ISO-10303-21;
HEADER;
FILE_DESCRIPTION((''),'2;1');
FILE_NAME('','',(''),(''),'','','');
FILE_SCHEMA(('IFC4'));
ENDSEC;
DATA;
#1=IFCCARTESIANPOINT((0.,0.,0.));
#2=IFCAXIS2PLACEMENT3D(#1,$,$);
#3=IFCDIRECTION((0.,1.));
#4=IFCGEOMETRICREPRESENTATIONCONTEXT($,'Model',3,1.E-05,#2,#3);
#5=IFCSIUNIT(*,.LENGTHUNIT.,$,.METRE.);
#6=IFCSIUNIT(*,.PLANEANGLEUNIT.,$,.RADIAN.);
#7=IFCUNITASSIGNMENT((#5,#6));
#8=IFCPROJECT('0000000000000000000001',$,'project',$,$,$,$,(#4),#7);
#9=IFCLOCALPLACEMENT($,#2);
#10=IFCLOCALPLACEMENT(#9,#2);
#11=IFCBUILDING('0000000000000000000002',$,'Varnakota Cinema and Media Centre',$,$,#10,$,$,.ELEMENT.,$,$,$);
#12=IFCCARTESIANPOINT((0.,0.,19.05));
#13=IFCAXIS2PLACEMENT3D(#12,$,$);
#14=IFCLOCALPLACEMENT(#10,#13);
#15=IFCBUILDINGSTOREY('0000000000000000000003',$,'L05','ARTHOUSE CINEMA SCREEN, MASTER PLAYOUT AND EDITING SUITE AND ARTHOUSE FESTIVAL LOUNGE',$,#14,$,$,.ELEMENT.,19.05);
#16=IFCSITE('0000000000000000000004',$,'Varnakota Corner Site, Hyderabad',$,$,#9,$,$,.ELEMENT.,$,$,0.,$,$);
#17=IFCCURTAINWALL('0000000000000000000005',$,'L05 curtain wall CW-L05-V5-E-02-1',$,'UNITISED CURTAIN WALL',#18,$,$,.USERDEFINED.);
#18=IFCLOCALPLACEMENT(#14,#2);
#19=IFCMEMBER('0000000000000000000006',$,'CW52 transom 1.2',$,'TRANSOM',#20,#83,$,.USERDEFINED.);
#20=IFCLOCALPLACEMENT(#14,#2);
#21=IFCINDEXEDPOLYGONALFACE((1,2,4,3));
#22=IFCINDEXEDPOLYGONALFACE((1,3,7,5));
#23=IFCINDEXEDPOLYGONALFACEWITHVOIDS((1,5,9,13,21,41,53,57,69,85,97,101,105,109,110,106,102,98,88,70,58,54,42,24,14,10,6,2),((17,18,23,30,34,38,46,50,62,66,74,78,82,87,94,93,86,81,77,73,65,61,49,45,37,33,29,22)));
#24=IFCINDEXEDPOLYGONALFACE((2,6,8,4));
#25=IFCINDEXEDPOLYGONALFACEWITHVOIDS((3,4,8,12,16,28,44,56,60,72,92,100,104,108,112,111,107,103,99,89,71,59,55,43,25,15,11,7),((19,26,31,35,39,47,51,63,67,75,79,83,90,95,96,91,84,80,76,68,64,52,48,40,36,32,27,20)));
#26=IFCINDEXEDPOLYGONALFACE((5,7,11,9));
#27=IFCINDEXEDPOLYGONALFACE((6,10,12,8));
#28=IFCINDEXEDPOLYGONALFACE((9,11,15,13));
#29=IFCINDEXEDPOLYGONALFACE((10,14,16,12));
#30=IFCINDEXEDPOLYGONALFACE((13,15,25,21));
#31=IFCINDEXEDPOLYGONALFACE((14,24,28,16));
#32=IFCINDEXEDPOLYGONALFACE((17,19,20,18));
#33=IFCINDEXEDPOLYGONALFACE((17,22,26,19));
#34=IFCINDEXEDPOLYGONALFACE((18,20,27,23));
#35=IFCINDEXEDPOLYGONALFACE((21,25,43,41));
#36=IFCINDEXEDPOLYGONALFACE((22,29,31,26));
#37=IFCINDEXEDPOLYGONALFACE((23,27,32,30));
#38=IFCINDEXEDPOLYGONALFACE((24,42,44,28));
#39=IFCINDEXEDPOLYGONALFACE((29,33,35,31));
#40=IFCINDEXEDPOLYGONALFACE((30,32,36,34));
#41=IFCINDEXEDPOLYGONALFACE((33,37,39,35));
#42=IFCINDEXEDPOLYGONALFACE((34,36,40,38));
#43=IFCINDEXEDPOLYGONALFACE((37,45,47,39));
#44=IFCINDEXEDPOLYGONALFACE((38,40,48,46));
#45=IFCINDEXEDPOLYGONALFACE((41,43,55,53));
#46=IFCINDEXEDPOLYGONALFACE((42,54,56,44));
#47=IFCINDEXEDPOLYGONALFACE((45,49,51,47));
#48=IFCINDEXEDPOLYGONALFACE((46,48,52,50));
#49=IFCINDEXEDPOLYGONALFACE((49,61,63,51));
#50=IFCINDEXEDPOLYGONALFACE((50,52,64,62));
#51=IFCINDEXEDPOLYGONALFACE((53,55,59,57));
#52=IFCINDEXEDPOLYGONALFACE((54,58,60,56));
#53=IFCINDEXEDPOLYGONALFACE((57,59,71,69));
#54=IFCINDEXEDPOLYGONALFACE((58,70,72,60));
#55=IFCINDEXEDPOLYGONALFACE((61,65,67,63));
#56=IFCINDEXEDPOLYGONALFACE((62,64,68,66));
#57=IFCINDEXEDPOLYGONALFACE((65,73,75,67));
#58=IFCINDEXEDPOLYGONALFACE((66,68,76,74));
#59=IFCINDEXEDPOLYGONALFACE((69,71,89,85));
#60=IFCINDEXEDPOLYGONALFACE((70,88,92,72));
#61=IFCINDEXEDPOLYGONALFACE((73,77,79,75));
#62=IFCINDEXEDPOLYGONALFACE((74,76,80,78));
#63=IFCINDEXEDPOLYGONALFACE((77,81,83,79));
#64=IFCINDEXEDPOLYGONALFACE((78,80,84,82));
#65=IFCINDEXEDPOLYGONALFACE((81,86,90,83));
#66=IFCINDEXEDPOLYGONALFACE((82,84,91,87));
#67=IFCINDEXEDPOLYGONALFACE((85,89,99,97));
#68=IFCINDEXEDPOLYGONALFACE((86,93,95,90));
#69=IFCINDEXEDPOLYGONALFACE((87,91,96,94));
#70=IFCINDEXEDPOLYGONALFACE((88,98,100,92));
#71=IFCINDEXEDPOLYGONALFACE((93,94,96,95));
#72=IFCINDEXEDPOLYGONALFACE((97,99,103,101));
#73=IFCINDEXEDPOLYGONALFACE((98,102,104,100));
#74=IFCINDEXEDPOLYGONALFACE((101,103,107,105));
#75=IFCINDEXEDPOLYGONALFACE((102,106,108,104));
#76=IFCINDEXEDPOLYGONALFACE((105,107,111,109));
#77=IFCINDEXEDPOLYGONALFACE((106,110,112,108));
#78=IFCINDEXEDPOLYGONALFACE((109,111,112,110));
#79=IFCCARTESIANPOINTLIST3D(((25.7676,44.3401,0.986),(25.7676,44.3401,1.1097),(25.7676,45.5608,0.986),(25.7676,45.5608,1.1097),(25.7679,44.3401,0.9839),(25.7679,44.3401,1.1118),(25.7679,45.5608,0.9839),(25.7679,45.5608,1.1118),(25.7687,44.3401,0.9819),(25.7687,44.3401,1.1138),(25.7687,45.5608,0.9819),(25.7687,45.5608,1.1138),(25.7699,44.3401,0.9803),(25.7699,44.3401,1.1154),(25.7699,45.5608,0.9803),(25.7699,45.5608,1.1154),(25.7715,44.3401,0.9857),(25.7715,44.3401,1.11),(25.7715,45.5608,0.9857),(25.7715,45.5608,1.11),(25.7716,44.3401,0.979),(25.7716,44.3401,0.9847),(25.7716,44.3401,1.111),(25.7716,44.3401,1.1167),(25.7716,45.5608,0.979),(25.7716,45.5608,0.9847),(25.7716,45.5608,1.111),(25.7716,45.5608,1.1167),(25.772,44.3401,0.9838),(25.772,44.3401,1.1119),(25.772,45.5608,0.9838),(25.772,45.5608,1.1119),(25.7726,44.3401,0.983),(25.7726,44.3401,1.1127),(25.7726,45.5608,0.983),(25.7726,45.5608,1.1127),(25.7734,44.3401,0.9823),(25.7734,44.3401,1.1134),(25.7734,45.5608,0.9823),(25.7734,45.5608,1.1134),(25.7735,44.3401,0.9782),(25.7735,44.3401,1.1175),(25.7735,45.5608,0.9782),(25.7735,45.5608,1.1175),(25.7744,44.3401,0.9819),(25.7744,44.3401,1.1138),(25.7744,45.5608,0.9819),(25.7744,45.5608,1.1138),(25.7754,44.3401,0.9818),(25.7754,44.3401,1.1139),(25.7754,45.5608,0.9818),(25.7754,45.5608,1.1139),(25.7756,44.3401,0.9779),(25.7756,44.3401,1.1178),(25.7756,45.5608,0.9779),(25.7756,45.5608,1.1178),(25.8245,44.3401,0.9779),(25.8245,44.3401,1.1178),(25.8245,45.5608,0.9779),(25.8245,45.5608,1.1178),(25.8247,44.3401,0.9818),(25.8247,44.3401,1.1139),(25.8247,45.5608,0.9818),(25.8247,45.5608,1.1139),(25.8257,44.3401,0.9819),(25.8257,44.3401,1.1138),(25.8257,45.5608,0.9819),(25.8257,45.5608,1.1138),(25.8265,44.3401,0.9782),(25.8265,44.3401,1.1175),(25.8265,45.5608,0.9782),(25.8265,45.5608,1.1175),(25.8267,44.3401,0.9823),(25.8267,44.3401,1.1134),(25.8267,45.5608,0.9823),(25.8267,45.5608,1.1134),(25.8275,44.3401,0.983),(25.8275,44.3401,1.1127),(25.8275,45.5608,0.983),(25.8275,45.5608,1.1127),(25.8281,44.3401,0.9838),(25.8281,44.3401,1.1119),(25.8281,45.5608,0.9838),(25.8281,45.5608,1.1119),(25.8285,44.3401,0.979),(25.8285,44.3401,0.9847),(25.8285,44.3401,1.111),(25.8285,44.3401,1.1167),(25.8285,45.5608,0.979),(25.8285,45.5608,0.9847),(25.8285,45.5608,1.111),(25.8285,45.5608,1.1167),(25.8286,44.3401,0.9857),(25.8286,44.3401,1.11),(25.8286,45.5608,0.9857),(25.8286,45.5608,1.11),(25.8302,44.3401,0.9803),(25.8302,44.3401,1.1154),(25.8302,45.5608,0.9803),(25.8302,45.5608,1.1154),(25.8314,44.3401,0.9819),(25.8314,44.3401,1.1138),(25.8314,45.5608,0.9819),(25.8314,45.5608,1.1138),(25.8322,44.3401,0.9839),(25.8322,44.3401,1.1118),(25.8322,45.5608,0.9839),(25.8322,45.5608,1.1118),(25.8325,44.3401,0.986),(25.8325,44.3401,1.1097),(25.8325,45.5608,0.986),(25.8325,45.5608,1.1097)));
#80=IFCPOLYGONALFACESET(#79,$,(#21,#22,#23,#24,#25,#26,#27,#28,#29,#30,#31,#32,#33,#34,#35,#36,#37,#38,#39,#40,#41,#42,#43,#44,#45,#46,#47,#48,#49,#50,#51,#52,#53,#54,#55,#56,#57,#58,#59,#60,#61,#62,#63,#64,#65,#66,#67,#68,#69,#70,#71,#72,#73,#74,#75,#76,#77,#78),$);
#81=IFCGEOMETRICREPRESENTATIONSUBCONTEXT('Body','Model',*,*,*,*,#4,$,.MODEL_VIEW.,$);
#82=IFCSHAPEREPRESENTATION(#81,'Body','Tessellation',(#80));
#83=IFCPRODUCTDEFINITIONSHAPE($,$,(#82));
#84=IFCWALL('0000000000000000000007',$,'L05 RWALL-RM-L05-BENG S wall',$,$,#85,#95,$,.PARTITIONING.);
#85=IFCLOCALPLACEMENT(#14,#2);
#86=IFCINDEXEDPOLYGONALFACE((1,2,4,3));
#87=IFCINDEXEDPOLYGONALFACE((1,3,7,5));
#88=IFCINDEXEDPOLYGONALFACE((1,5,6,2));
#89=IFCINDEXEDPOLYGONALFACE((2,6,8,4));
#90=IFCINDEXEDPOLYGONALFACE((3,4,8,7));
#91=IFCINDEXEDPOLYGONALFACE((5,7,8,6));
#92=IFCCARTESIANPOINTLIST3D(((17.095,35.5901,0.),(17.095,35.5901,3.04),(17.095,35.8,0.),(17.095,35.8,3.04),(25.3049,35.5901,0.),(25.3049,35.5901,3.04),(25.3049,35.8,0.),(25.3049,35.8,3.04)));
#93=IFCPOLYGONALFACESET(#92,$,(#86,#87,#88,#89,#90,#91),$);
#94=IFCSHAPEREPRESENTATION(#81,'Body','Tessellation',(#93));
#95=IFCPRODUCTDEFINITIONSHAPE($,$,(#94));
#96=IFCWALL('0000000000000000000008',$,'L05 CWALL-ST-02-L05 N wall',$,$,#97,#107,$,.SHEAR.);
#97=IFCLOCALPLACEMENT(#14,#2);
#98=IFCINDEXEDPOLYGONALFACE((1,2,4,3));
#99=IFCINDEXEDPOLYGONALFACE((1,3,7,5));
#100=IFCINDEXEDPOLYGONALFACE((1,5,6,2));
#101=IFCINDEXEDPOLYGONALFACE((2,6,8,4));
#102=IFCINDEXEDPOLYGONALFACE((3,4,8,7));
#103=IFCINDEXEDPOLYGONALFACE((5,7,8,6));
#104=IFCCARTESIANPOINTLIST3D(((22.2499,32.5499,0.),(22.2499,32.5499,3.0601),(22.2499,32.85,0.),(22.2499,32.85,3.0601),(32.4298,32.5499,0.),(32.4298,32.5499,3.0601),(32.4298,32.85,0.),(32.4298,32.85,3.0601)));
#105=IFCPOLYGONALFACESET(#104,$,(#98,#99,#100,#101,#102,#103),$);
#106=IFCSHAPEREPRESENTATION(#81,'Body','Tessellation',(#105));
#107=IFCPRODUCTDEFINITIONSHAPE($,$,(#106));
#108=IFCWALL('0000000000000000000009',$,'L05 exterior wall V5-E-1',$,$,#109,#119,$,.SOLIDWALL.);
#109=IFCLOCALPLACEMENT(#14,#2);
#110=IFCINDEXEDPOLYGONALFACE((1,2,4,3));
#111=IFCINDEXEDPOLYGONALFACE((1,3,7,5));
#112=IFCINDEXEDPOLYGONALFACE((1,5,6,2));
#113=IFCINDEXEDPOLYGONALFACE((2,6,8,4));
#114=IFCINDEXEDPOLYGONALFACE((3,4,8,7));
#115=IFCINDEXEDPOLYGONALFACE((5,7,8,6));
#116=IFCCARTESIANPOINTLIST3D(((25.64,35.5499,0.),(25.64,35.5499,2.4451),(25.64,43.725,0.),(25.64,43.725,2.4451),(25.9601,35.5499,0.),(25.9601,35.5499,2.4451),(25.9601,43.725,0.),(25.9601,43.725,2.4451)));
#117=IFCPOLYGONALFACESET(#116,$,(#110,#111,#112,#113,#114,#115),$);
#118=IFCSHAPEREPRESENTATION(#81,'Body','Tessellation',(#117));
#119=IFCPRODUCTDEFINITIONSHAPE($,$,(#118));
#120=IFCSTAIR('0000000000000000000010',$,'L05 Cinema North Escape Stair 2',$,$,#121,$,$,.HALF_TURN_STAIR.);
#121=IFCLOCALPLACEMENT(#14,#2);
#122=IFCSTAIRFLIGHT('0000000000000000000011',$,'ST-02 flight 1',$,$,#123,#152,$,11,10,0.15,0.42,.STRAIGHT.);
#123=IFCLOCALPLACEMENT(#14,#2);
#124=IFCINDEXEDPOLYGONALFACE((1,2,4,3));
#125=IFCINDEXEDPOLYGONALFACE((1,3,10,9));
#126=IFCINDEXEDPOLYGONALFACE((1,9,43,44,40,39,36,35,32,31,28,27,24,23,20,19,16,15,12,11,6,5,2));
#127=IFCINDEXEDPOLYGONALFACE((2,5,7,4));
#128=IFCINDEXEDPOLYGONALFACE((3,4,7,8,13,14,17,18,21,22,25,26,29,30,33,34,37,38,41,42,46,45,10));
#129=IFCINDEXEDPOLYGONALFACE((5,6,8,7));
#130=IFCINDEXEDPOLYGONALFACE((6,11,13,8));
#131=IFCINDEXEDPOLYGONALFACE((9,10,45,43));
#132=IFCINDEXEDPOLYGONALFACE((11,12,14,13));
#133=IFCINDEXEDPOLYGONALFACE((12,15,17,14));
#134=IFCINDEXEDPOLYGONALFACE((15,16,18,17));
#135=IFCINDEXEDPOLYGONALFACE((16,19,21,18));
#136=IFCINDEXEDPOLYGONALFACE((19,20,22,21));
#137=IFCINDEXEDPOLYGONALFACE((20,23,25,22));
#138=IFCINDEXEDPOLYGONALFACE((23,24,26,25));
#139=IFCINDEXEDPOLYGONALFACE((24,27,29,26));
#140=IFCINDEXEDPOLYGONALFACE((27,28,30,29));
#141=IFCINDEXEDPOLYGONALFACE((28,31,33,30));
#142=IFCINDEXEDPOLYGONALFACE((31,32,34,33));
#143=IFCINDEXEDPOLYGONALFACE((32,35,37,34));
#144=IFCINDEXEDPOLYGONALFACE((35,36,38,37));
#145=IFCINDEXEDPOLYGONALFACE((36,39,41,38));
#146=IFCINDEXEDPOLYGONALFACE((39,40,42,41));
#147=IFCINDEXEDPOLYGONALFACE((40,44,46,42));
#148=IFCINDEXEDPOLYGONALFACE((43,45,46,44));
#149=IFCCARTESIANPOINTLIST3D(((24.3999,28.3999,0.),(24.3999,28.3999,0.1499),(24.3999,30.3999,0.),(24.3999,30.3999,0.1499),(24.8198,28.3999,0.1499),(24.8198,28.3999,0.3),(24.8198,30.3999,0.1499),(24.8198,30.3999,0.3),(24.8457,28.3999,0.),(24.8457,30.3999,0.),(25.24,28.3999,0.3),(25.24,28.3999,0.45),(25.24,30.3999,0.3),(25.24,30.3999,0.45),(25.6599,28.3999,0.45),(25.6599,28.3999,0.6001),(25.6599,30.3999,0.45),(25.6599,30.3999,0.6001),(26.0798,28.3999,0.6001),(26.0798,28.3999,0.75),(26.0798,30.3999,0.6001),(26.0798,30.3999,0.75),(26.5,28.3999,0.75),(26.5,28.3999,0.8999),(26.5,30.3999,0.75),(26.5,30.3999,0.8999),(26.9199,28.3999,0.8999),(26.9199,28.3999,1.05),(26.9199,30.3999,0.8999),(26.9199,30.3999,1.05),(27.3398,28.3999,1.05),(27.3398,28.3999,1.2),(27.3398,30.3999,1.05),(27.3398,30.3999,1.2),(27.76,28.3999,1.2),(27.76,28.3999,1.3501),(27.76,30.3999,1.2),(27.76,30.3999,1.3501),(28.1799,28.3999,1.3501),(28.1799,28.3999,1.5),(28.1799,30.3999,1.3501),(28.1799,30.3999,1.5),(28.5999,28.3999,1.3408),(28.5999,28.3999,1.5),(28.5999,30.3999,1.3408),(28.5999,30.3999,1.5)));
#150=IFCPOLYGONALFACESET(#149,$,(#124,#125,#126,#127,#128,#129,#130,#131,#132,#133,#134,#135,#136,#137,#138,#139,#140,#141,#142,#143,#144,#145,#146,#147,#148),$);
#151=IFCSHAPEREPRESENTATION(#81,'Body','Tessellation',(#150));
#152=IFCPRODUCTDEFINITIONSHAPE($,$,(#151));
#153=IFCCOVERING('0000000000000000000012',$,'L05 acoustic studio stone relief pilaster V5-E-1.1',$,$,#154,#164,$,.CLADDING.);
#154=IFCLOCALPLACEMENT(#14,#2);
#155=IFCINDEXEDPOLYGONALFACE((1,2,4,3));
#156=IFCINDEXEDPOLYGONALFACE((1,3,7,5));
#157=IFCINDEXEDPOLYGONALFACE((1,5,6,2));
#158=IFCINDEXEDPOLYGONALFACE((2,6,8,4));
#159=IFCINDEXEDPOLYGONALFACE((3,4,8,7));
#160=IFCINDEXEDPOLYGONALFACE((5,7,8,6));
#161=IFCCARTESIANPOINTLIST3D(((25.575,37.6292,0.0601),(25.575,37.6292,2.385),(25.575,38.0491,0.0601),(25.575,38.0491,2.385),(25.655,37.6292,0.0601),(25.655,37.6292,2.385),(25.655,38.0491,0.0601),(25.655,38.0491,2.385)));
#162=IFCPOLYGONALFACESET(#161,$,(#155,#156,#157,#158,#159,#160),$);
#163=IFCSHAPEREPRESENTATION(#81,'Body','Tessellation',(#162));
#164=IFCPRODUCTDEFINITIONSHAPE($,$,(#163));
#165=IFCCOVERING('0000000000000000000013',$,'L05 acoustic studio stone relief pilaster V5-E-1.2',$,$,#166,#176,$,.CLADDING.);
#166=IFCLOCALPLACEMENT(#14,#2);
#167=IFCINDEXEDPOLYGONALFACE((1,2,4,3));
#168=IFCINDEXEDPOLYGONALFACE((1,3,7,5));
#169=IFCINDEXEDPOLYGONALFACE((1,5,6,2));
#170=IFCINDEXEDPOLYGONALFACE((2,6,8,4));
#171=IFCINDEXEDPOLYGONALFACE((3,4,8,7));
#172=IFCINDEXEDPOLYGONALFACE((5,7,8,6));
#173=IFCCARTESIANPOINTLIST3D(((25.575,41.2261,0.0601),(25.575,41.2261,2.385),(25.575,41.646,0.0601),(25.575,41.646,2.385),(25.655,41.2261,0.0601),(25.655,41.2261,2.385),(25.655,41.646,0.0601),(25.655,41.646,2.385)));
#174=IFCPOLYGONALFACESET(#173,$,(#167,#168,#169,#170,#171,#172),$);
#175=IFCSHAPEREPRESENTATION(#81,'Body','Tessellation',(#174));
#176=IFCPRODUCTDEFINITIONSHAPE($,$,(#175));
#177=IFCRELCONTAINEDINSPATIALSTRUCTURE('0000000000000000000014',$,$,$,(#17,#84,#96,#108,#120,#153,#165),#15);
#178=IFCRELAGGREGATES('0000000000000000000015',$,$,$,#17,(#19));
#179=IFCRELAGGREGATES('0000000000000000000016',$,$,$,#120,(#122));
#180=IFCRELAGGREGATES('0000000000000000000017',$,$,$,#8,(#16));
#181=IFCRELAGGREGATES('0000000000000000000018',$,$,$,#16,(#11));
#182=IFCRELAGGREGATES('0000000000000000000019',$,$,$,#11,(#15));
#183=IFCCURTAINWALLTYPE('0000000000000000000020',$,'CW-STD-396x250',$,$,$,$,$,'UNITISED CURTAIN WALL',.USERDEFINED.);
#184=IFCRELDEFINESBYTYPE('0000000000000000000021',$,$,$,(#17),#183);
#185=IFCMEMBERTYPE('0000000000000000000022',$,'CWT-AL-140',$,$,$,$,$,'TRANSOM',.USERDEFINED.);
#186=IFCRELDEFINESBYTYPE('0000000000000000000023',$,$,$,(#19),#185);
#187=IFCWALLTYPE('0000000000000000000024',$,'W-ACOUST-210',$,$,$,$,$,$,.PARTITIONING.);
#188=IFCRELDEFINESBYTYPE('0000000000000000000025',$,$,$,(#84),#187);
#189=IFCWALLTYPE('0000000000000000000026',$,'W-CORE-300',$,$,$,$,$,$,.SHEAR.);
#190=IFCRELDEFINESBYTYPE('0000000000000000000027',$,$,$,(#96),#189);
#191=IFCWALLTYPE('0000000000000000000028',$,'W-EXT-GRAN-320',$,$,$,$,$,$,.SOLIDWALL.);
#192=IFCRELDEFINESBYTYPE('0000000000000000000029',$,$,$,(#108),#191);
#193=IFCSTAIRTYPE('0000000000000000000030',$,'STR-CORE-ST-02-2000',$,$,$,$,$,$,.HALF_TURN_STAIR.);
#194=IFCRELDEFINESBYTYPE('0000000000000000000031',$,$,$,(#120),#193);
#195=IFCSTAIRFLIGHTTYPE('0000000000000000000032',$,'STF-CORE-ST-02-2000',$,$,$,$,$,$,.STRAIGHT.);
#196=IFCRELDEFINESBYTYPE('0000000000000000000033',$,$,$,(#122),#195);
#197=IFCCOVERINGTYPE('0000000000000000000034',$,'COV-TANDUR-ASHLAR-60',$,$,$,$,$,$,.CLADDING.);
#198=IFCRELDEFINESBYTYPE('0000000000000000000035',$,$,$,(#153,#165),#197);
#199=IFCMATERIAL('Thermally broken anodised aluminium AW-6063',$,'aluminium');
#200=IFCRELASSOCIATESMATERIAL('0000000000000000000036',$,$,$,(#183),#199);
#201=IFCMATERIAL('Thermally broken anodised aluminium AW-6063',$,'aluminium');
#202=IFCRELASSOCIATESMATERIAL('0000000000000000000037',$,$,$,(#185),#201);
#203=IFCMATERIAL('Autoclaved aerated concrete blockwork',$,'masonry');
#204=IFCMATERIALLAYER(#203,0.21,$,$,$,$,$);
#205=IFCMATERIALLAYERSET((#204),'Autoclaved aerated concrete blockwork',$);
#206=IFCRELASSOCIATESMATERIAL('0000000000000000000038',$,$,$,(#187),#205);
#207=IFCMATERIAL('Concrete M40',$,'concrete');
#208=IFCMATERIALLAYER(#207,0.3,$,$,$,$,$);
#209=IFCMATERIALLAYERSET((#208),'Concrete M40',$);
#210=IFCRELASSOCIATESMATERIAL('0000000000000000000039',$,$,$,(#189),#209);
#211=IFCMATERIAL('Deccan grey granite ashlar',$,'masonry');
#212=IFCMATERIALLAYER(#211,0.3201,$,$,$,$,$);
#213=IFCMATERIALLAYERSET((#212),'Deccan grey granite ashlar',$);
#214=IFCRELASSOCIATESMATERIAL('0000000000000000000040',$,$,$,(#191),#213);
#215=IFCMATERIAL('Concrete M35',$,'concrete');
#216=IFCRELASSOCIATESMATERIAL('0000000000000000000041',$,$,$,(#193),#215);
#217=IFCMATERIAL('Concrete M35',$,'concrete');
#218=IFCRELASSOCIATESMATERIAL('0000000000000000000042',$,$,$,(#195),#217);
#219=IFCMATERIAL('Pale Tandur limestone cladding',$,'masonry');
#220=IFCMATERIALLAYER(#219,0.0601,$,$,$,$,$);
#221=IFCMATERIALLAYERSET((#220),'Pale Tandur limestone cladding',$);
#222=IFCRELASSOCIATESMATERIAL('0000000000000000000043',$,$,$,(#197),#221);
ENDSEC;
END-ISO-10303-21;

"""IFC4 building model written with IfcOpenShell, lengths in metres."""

from ifc_helpers import new_model, si_unit, direction, frame, frame_2d, origin, origin_2d, place, context, subcontext, project, spatial, polyline, rectangle, hollow_rectangle, outline, extrude, material, layer, layer_set, material_profile, profile_set, type_object, element, aggregate, save


model = new_model("IFC4")

# Units and contexts
model_context = context("Model", 3, precision=1e-05, world=origin(), true_north=direction((0.0, 1.0)))
body_context = subcontext(model_context, "Body", "Model", "MODEL_VIEW")
ifc_project = project(units=[si_unit("LENGTHUNIT", "METRE"), si_unit("PLANEANGLEUNIT", "RADIAN")], contexts=[model_context])

# Site, building, storey
site_placement = place(None, origin())
site = spatial("IfcSite", under=ifc_project, at=site_placement, Name="Varnakota Corner Site, Hyderabad", CompositionType="ELEMENT", RefElevation=0.0)
building_placement = place(site_placement, origin())
building = spatial("IfcBuilding", under=site, at=building_placement, Name="Varnakota Cinema and Media Centre", CompositionType="ELEMENT")
storey_placement = place(building_placement, frame((0.0, 0.0, 19.05)))
storey = spatial("IfcBuildingStorey", under=building, at=storey_placement, Name="L05", Description="ARTHOUSE CINEMA SCREEN, MASTER PLAYOUT AND EDITING SUITE AND ARTHOUSE FESTIVAL LOUNGE", CompositionType="ELEMENT", Elevation=19.05)

# Curtain wall, member
ifc_material_1 = material(Name="Thermally broken anodised aluminium AW-6063", Category="aluminium")
curtain_wall_type = type_object("IfcCurtainWallType", Name="CW-STD-396x250", ElementType="UNITISED CURTAIN WALL", PredefinedType="USERDEFINED", material=ifc_material_1)
curtain_wall_placement = place(storey_placement, origin())
curtain_wall = element("IfcCurtainWall", 1, at=curtain_wall_placement, inside=storey, type_object=curtain_wall_type, Name="L05 curtain wall CW-L05-V5-E-02-1", ObjectType="UNITISED CURTAIN WALL", PredefinedType="USERDEFINED")
ifc_material_2 = material(Name="Thermally broken anodised aluminium AW-6063", Category="aluminium")
ifc_material_profile_1 = material_profile(ifc_material_2, hollow_rectangle(XDim=0.0649, YDim=0.1399, WallThickness=0.0039, InnerFilletRadius=0.0039, OuterFilletRadius=0.0081, at=origin_2d()), Name="AL-TRANSOM 140x65x4")
ifc_profile_set_1 = profile_set([ifc_material_profile_1], Name="Thermally broken anodised aluminium AW-6063")
member_type_1 = type_object("IfcMemberType", Name="CWT-AL-140", ElementType="TRANSOM", PredefinedType="USERDEFINED", material=ifc_profile_set_1)
member_1_placement = place(storey_placement, frame((25.8, 44.3401, 1.0479), z_axis=(0.0, 1.0, 0.0), x_axis=(-1.0, 0.0, 0.0)))
member_1 = element("IfcMember", 2, at=member_1_placement, type_object=member_type_1, Name="CW52 transom 1.2", ObjectType="TRANSOM", PredefinedType="USERDEFINED", context=body_context, shape_type="SweptSolid", body=[
    extrude(hollow_rectangle(XDim=0.0649, YDim=0.1399, WallThickness=0.0039, InnerFilletRadius=0.0039, OuterFilletRadius=0.0081, at=origin_2d()), origin(), (0.0, 0.0, 1.0), 1.2207),
])
aggregate(curtain_wall, [member_1])

# Wall
ifc_material_3 = material(Name="Autoclaved aerated concrete blockwork", Category="masonry")
ifc_layer_1 = layer(ifc_material_3, 0.21)
ifc_layer_set_1 = layer_set([ifc_layer_1], Name="Autoclaved aerated concrete blockwork")
wall_type_1 = type_object("IfcWallType", Name="W-ACOUST-210", PredefinedType="PARTITIONING", material=ifc_layer_set_1)
wall_1_placement = place(storey_placement, frame((25.3049, 35.6951, 0.0), z_axis=(0.0, 0.0, 1.0), x_axis=(-1.0, 0.0, 0.0)))
element("IfcWall", 3, at=wall_1_placement, inside=storey, type_object=wall_type_1, Name="L05 RWALL-RM-L05-BENG S wall", PredefinedType="PARTITIONING", context=body_context, shape_type="SweptSolid", body=[
    extrude(rectangle(XDim=8.21, YDim=0.21, at=frame_2d((4.105, 0.0))), origin(), (0.0, 0.0, 1.0), 3.04),
])

# Shared definitions
ifc_material_4 = material(Name="Concrete M40", Category="concrete")
ifc_layer_2 = layer(ifc_material_4, 0.3)
ifc_layer_set_2 = layer_set([ifc_layer_2], Name="Concrete M40")
wall_type_2 = type_object("IfcWallType", Name="W-CORE-300", PredefinedType="SHEAR", material=ifc_layer_set_2)

# Walls
wall_2_placement = place(storey_placement, frame((22.25, 32.7, 0.0), z_axis=(0.0, 0.0, 1.0), x_axis=(1.0, 0.0, 0.0)))
element("IfcWall", 4, at=wall_2_placement, inside=storey, type_object=wall_type_2, Name="L05 CWALL-ST-02-L05 N wall", PredefinedType="SHEAR", context=body_context, shape_type="SweptSolid", body=[
    extrude(rectangle(XDim=10.1799, YDim=0.3, at=frame_2d((5.0898, 0.0))), origin(), (0.0, 0.0, 1.0), 3.0601),
])
ifc_material_5 = material(Name="Deccan grey granite ashlar", Category="masonry")
ifc_layer_3 = layer(ifc_material_5, 0.3201)
ifc_layer_set_3 = layer_set([ifc_layer_3], Name="Deccan grey granite ashlar")
wall_type_3 = type_object("IfcWallType", Name="W-EXT-GRAN-320", PredefinedType="SOLIDWALL", material=ifc_layer_set_3)
wall_3_placement = place(storey_placement, frame((25.8, 35.55, 0.0), z_axis=(0.0, 0.0, 1.0), x_axis=(0.0, 1.0, 0.0)))
element("IfcWall", 5, at=wall_3_placement, inside=storey, type_object=wall_type_3, Name="L05 exterior wall V5-E-1", PredefinedType="SOLIDWALL", context=body_context, shape_type="SweptSolid", body=[
    extrude(rectangle(XDim=8.175, YDim=0.3201, at=frame_2d((4.0874, 0.0))), origin(), (0.0, 0.0, 1.0), 2.4451),
])

# Stair, stair flight
ifc_material_6 = material(Name="Concrete M35", Category="concrete")
stair_type = type_object("IfcStairType", Name="STR-CORE-ST-02-2000", PredefinedType="HALF_TURN_STAIR", material=ifc_material_6)
stair_placement = place(storey_placement, origin())
stair = element("IfcStair", 6, at=stair_placement, inside=storey, type_object=stair_type, Name="L05 Cinema North Escape Stair 2", PredefinedType="HALF_TURN_STAIR")
ifc_material_7 = material(Name="Concrete M35", Category="concrete")
stair_flight_type = type_object("IfcStairFlightType", Name="STF-CORE-ST-02-2000", PredefinedType="STRAIGHT", material=ifc_material_7)
stair_flight_placement = place(storey_placement, frame((24.3999, 29.3999, 0.0), z_axis=(0.0, 0.0, 1.0), x_axis=(1.0, 0.0, 0.0)))
stair_flight = element("IfcStairFlight", 7, at=stair_flight_placement, type_object=stair_flight_type, Name="ST-02 flight 1", NumberOfRisers=11, NumberOfTreads=10, PredefinedType="STRAIGHT", RiserHeight=0.15, TreadLength=0.42, context=body_context, shape_type="SweptSolid", body=[
    extrude(outline(polyline([(0.0, 0.0), (0.0, 0.1499), (0.4199, 0.1499), (0.4199, 0.3), (0.8401, 0.3), (0.8401, 0.45), (1.26, 0.45), (1.26, 0.6001), (1.6799, 0.6001), (1.6799, 0.75), (2.1001, 0.75), (2.1001, 0.8999), (2.52, 0.8999), (2.52, 1.05), (2.9399, 1.05), (2.9399, 1.2), (3.3601, 1.2), (3.3601, 1.3501), (3.78, 1.3501), (3.78, 1.5), (4.2, 1.5), (4.2, 1.6499), (4.2, 1.3408), (0.4458, 0.0), (0.0, 0.0)])), frame((0.0, 1.0, 0.0), z_axis=(0.0, -1.0, 0.0), x_axis=(1.0, 0.0, 0.0)), (0.0, 0.0, 1.0), 2.0),
])
aggregate(stair, [stair_flight])

# Coverings
ifc_material_8 = material(Name="Pale Tandur limestone cladding", Category="masonry")
ifc_layer_4 = layer(ifc_material_8, 0.0601)
ifc_layer_set_4 = layer_set([ifc_layer_4], Name="Pale Tandur limestone cladding")
covering_type = type_object("IfcCoveringType", Name="COV-TANDUR-ASHLAR-60", PredefinedType="CLADDING", material=ifc_layer_set_4)
for number, where, z_axis, x_axis, name in (
    (8, (25.615, 37.8391, 0.0601), (0.0, 0.0, 1.0), (0.0, 1.0, 0.0), "L05 acoustic studio stone relief pilaster V5-E-1.1"),
    (9, (25.615, 41.436, 0.0601), (0.0, 0.0, 1.0), (0.0, 1.0, 0.0), "L05 acoustic studio stone relief pilaster V5-E-1.2"),
):
    element("IfcCovering", number, at=place(storey_placement, frame(where, z_axis=z_axis, x_axis=x_axis)), inside=storey, type_object=covering_type, Name=name, PredefinedType="CLADDING", context=body_context, shape_type="SweptSolid", body=[
        extrude(rectangle(XDim=0.4199, YDim=0.0801, at=origin_2d()), origin(), (0.0, 0.0, 1.0), 2.325),
    ])

save(model, "model.ifc")
